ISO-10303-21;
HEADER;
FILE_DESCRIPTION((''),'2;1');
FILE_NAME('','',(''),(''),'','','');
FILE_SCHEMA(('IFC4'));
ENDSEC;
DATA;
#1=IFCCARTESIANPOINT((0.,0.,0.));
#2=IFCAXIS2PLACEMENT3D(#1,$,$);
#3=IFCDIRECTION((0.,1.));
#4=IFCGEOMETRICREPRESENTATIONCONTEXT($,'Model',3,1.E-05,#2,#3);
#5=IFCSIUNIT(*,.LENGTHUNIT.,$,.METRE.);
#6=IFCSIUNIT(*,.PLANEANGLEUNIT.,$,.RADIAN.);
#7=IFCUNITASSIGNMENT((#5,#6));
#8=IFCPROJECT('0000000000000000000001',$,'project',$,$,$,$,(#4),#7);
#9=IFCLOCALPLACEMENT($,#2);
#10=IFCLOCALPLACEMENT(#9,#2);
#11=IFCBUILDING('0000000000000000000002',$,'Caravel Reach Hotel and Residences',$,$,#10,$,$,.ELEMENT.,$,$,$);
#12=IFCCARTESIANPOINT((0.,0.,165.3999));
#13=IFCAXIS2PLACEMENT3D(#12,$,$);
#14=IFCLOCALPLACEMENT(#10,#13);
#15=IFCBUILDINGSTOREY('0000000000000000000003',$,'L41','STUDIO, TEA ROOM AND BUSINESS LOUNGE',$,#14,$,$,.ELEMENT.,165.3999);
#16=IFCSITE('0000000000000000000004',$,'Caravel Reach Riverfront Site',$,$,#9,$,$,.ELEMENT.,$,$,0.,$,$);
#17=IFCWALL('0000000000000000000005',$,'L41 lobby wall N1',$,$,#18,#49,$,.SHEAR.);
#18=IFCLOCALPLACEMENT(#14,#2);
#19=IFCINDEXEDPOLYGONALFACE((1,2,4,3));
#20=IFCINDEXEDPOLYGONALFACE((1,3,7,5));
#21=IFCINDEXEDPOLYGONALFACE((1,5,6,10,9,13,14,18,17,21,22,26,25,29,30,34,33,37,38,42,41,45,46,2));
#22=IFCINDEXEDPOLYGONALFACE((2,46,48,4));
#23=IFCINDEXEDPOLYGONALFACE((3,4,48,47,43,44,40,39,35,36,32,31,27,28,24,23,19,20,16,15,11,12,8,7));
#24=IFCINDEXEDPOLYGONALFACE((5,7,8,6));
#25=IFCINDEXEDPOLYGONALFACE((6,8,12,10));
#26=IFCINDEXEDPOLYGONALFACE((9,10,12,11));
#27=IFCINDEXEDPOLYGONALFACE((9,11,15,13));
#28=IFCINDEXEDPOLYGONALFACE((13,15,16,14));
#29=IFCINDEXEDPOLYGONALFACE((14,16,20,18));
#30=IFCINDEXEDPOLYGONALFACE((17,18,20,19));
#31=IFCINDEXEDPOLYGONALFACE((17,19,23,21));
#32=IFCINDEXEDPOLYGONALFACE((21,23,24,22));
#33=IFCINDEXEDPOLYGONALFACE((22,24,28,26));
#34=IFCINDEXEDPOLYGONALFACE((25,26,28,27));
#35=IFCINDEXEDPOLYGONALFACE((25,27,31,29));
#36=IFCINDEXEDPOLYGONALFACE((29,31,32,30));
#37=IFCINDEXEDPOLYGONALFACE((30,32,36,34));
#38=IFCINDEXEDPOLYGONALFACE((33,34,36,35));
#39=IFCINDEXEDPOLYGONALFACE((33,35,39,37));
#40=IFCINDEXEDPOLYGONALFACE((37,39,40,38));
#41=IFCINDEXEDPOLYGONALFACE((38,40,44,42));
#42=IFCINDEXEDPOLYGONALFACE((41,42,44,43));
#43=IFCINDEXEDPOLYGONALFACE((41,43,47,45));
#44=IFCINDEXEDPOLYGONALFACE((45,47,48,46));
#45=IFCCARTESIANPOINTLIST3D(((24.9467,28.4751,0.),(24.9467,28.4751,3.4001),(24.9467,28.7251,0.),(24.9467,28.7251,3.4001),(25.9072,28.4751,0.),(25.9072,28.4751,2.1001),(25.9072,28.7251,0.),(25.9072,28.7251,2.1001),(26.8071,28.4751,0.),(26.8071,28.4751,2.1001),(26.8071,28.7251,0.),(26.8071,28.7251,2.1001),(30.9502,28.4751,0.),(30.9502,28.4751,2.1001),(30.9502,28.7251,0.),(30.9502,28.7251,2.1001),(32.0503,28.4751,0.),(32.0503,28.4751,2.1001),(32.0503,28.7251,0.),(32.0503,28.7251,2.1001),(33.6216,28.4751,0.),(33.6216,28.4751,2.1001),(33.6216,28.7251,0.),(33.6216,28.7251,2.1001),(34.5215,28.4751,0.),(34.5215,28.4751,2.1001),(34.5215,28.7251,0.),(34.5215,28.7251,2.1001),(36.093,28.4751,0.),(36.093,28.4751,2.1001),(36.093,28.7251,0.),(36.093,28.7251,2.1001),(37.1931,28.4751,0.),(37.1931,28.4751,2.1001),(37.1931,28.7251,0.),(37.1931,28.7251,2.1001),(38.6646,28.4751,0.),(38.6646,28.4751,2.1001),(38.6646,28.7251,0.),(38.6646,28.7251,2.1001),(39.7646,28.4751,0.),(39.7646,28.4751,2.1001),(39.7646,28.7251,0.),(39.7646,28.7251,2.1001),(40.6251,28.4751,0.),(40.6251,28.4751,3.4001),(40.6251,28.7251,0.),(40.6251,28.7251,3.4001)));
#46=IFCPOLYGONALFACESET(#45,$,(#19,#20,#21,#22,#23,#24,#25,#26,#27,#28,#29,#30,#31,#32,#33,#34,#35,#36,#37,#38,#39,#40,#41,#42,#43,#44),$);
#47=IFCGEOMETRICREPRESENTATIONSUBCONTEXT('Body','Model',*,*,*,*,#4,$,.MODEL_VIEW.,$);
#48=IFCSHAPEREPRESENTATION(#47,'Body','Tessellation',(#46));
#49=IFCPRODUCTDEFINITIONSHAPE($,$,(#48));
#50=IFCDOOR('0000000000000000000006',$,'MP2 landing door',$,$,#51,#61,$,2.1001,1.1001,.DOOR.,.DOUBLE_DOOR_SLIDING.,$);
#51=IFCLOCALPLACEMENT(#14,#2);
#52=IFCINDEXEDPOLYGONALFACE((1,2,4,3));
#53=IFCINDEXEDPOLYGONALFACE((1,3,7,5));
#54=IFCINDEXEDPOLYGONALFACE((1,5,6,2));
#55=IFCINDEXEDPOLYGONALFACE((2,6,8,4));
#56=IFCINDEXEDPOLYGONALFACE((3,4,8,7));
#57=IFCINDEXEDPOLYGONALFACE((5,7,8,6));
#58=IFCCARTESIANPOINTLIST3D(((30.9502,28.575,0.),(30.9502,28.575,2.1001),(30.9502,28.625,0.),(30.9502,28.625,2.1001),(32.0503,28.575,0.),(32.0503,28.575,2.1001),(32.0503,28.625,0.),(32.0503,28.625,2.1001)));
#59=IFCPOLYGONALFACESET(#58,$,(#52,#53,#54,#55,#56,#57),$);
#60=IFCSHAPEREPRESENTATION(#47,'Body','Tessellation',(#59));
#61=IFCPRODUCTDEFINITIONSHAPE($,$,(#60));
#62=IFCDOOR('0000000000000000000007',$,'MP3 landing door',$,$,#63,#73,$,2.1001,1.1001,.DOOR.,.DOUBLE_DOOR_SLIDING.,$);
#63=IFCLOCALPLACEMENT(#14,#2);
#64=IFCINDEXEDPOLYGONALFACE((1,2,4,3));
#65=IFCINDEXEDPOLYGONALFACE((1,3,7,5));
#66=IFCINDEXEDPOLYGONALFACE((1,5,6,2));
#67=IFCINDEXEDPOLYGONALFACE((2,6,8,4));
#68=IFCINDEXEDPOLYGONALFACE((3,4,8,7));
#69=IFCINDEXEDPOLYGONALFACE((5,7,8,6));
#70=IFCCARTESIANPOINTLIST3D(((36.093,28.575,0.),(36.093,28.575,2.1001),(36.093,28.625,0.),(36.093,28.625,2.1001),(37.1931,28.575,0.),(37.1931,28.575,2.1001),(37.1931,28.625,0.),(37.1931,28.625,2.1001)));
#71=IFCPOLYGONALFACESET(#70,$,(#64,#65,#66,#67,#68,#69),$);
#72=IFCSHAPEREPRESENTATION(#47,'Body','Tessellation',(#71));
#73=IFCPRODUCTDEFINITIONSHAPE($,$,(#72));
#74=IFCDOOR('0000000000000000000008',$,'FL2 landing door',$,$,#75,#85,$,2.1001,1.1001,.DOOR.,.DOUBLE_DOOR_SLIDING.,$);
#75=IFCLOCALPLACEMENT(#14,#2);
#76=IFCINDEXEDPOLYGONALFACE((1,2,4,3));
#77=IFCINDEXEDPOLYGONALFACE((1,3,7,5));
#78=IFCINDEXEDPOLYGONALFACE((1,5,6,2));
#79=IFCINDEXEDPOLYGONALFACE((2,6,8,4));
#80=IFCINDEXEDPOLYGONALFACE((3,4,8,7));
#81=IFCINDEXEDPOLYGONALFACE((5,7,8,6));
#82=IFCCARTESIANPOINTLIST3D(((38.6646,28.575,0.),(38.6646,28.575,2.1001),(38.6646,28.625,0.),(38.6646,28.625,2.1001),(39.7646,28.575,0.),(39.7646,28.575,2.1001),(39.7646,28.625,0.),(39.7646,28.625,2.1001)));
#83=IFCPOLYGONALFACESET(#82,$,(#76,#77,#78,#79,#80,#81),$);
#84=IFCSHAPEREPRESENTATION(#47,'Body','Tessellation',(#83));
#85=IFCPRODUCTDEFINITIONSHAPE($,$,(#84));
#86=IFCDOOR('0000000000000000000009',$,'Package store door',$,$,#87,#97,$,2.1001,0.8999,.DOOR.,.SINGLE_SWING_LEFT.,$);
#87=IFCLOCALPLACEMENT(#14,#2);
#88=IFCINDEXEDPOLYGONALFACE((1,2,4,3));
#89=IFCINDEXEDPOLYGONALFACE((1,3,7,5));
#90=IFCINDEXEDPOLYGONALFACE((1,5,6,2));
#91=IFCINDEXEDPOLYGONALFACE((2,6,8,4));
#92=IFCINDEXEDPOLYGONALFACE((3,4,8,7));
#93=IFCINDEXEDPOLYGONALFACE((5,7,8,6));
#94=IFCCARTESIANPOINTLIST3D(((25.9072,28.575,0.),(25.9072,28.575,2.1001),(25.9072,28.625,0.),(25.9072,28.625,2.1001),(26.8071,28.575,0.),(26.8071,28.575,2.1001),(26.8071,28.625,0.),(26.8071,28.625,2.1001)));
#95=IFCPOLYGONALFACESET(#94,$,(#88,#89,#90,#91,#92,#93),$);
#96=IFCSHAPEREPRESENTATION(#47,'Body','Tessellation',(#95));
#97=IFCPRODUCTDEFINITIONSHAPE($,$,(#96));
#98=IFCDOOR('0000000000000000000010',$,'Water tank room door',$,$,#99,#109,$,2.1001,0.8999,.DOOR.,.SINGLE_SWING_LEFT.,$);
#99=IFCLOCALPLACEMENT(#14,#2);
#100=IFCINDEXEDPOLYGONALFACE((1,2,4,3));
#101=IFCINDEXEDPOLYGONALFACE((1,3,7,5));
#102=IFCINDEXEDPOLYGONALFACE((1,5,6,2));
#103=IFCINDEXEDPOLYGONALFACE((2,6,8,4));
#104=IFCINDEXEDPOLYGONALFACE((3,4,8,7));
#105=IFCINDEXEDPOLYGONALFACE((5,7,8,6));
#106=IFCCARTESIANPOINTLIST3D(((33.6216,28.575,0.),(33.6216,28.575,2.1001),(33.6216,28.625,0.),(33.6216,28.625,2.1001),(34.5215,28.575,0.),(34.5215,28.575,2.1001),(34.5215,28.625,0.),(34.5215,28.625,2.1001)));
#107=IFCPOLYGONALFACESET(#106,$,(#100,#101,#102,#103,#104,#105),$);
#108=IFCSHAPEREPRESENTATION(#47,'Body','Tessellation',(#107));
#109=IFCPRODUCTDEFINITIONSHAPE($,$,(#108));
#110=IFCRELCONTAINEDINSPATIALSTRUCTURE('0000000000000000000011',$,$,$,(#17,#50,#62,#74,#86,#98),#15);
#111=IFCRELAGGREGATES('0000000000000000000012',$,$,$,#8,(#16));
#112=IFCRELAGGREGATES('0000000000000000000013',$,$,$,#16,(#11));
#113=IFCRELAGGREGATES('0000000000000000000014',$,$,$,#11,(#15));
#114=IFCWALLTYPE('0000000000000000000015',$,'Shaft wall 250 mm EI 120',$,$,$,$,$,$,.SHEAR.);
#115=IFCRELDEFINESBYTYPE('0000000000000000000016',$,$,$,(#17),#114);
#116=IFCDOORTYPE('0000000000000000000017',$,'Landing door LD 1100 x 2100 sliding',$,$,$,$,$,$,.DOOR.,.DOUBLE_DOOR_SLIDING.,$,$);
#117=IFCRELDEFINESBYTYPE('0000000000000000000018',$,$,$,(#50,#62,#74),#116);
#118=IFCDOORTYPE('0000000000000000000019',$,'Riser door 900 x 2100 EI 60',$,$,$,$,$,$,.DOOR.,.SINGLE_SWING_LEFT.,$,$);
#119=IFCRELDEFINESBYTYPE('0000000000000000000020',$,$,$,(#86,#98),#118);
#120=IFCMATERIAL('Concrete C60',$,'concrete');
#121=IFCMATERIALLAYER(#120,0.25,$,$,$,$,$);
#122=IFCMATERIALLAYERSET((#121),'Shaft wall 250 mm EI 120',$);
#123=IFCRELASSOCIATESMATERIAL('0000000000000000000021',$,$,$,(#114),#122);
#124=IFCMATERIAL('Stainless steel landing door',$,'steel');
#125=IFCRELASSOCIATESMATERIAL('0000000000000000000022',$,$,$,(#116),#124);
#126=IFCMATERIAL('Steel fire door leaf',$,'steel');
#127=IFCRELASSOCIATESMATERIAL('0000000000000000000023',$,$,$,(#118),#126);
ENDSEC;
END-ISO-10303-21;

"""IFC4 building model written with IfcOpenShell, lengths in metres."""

from ifc_helpers import new_model, si_unit, direction, frame, frame_2d, origin, place, context, subcontext, project, spatial, rectangle, extrude, material, layer, layer_set, type_object, element, fill, save


model = new_model("IFC4")

# Units and contexts
model_context = context("Model", 3, precision=1e-05, world=origin(), true_north=direction((0.0, 1.0)))
body_context = subcontext(model_context, "Body", "Model", "MODEL_VIEW")
ifc_project = project(units=[si_unit("LENGTHUNIT", "METRE"), si_unit("PLANEANGLEUNIT", "RADIAN")], contexts=[model_context])

# Site, building, storey
site_placement = place(None, origin())
site = spatial("IfcSite", under=ifc_project, at=site_placement, Name="Caravel Reach Riverfront Site", CompositionType="ELEMENT", RefElevation=0.0)
building_placement = place(site_placement, origin())
building = spatial("IfcBuilding", under=site, at=building_placement, Name="Caravel Reach Hotel and Residences", CompositionType="ELEMENT")
storey_placement = place(building_placement, frame((0.0, 0.0, 165.3999)))
storey = spatial("IfcBuildingStorey", under=building, at=storey_placement, Name="L41", Description="STUDIO, TEA ROOM AND BUSINESS LOUNGE", CompositionType="ELEMENT", Elevation=165.3999)

# Wall, openings, doors
ifc_material_1 = material(Name="Concrete C60", Category="concrete")
ifc_layer_1 = layer(ifc_material_1, 0.25)
ifc_layer_set_1 = layer_set([ifc_layer_1], Name="Shaft wall 250 mm EI 120")
wall_type_1 = type_object("IfcWallType", Name="Shaft wall 250 mm EI 120", PredefinedType="SHEAR", material=ifc_layer_set_1)
ifc_material_2 = material(Name="Stainless steel landing door", Category="steel")
door_type_1 = type_object("IfcDoorType", Name="Landing door LD 1100 x 2100 sliding", OperationType="DOUBLE_DOOR_SLIDING", PredefinedType="DOOR", material=ifc_material_2)
ifc_material_3 = material(Name="Steel fire door leaf", Category="steel")
door_type_2 = type_object("IfcDoorType", Name="Riser door 900 x 2100 EI 60", OperationType="SINGLE_SWING_LEFT", PredefinedType="DOOR", material=ifc_material_3)
wall_1_placement = place(storey_placement, frame((24.9465, 28.6001, 0.0), z_axis=(0.0, 0.0, 1.0), x_axis=(1.0, 0.0, 0.0)))
wall_1 = element("IfcWall", 1, at=wall_1_placement, inside=storey, type_object=wall_type_1, Name="L41 lobby wall N1", PredefinedType="SHEAR", context=body_context, shape_type="SweptSolid", body=[
    extrude(rectangle(XDim=15.6785, YDim=0.25, at=frame_2d((7.8394, 0.0))), origin(), (0.0, 0.0, 1.0), 3.4001),
])
opening_1_placement = place(wall_1_placement, frame((6.0037, 0.0, 0.0)))
opening_1 = element("IfcOpeningElement", 2, at=opening_1_placement, cuts=wall_1, PredefinedType="OPENING", context=body_context, shape_type="SweptSolid", body=[
    extrude(rectangle(XDim=1.1001, YDim=2.1001, at=frame_2d((0.55, 1.05))), frame((0.0, 0.135, 0.0), z_axis=(0.0, -1.0, 0.0), x_axis=(1.0, 0.0, 0.0)), (0.0, 0.0, 1.0), 0.27),
])
opening_2_placement = place(wall_1_placement, frame((11.1465, 0.0, 0.0)))
opening_2 = element("IfcOpeningElement", 3, at=opening_2_placement, cuts=wall_1, PredefinedType="OPENING", context=body_context, shape_type="SweptSolid", body=[
    extrude(rectangle(XDim=1.1001, YDim=2.1001, at=frame_2d((0.55, 1.05))), frame((0.0, 0.135, 0.0), z_axis=(0.0, -1.0, 0.0), x_axis=(1.0, 0.0, 0.0)), (0.0, 0.0, 1.0), 0.27),
])
opening_3_placement = place(wall_1_placement, frame((13.718, 0.0, 0.0)))
opening_3 = element("IfcOpeningElement", 4, at=opening_3_placement, cuts=wall_1, PredefinedType="OPENING", context=body_context, shape_type="SweptSolid", body=[
    extrude(rectangle(XDim=1.1001, YDim=2.1001, at=frame_2d((0.55, 1.05))), frame((0.0, 0.135, 0.0), z_axis=(0.0, -1.0, 0.0), x_axis=(1.0, 0.0, 0.0)), (0.0, 0.0, 1.0), 0.27),
])
opening_4_placement = place(wall_1_placement, frame((0.9607, 0.0, 0.0)))
opening_4 = element("IfcOpeningElement", 5, at=opening_4_placement, cuts=wall_1, PredefinedType="OPENING", context=body_context, shape_type="SweptSolid", body=[
    extrude(rectangle(XDim=0.8999, YDim=2.1001, at=frame_2d((0.45, 1.05))), frame((0.0, 0.135, 0.0), z_axis=(0.0, -1.0, 0.0), x_axis=(1.0, 0.0, 0.0)), (0.0, 0.0, 1.0), 0.27),
])
opening_5_placement = place(wall_1_placement, frame((8.675, 0.0, 0.0)))
opening_5 = element("IfcOpeningElement", 6, at=opening_5_placement, cuts=wall_1, PredefinedType="OPENING", context=body_context, shape_type="SweptSolid", body=[
    extrude(rectangle(XDim=0.8999, YDim=2.1001, at=frame_2d((0.45, 1.05))), frame((0.0, 0.135, 0.0), z_axis=(0.0, -1.0, 0.0), x_axis=(1.0, 0.0, 0.0)), (0.0, 0.0, 1.0), 0.27),
])
door_1_placement = place(opening_1_placement, origin())
door_1 = element("IfcDoor", 7, at=door_1_placement, inside=storey, type_object=door_type_1, Name="MP2 landing door", OperationType="DOUBLE_DOOR_SLIDING", OverallHeight=2.1001, OverallWidth=1.1001, PredefinedType="DOOR", context=body_context, shape_type="SweptSolid", body=[
    extrude(rectangle(XDim=1.1001, YDim=2.1001, at=frame_2d((0.55, 1.05))), frame((0.0, 0.0249, 0.0), z_axis=(0.0, -1.0, 0.0), x_axis=(1.0, 0.0, 0.0)), (0.0, 0.0, 1.0), 0.05),
])
fill(opening_1, door_1)
door_2_placement = place(opening_2_placement, origin())
door_2 = element("IfcDoor", 8, at=door_2_placement, inside=storey, type_object=door_type_1, Name="MP3 landing door", OperationType="DOUBLE_DOOR_SLIDING", OverallHeight=2.1001, OverallWidth=1.1001, PredefinedType="DOOR", context=body_context, shape_type="SweptSolid", body=[
    extrude(rectangle(XDim=1.1001, YDim=2.1001, at=frame_2d((0.55, 1.05))), frame((0.0, 0.0249, 0.0), z_axis=(0.0, -1.0, 0.0), x_axis=(1.0, 0.0, 0.0)), (0.0, 0.0, 1.0), 0.05),
])
fill(opening_2, door_2)
door_3_placement = place(opening_3_placement, origin())
door_3 = element("IfcDoor", 9, at=door_3_placement, inside=storey, type_object=door_type_1, Name="FL2 landing door", OperationType="DOUBLE_DOOR_SLIDING", OverallHeight=2.1001, OverallWidth=1.1001, PredefinedType="DOOR", context=body_context, shape_type="SweptSolid", body=[
    extrude(rectangle(XDim=1.1001, YDim=2.1001, at=frame_2d((0.55, 1.05))), frame((0.0, 0.0249, 0.0), z_axis=(0.0, -1.0, 0.0), x_axis=(1.0, 0.0, 0.0)), (0.0, 0.0, 1.0), 0.05),
])
fill(opening_3, door_3)
door_4_placement = place(opening_4_placement, origin())
door_4 = element("IfcDoor", 10, at=door_4_placement, inside=storey, type_object=door_type_2, Name="Package store door", OperationType="SINGLE_SWING_LEFT", OverallHeight=2.1001, OverallWidth=0.8999, PredefinedType="DOOR", context=body_context, shape_type="SweptSolid", body=[
    extrude(rectangle(XDim=0.8999, YDim=2.1001, at=frame_2d((0.45, 1.05))), frame((0.0, 0.0249, 0.0), z_axis=(0.0, -1.0, 0.0), x_axis=(1.0, 0.0, 0.0)), (0.0, 0.0, 1.0), 0.05),
])
fill(opening_4, door_4)
door_5_placement = place(opening_5_placement, origin())
door_5 = element("IfcDoor", 11, at=door_5_placement, inside=storey, type_object=door_type_2, Name="Water tank room door", OperationType="SINGLE_SWING_LEFT", OverallHeight=2.1001, OverallWidth=0.8999, PredefinedType="DOOR", context=body_context, shape_type="SweptSolid", body=[
    extrude(rectangle(XDim=0.8999, YDim=2.1001, at=frame_2d((0.45, 1.05))), frame((0.0, 0.0249, 0.0), z_axis=(0.0, -1.0, 0.0), x_axis=(1.0, 0.0, 0.0)), (0.0, 0.0, 1.0), 0.05),
])
fill(opening_5, door_5)

save(model, "model.ifc")
